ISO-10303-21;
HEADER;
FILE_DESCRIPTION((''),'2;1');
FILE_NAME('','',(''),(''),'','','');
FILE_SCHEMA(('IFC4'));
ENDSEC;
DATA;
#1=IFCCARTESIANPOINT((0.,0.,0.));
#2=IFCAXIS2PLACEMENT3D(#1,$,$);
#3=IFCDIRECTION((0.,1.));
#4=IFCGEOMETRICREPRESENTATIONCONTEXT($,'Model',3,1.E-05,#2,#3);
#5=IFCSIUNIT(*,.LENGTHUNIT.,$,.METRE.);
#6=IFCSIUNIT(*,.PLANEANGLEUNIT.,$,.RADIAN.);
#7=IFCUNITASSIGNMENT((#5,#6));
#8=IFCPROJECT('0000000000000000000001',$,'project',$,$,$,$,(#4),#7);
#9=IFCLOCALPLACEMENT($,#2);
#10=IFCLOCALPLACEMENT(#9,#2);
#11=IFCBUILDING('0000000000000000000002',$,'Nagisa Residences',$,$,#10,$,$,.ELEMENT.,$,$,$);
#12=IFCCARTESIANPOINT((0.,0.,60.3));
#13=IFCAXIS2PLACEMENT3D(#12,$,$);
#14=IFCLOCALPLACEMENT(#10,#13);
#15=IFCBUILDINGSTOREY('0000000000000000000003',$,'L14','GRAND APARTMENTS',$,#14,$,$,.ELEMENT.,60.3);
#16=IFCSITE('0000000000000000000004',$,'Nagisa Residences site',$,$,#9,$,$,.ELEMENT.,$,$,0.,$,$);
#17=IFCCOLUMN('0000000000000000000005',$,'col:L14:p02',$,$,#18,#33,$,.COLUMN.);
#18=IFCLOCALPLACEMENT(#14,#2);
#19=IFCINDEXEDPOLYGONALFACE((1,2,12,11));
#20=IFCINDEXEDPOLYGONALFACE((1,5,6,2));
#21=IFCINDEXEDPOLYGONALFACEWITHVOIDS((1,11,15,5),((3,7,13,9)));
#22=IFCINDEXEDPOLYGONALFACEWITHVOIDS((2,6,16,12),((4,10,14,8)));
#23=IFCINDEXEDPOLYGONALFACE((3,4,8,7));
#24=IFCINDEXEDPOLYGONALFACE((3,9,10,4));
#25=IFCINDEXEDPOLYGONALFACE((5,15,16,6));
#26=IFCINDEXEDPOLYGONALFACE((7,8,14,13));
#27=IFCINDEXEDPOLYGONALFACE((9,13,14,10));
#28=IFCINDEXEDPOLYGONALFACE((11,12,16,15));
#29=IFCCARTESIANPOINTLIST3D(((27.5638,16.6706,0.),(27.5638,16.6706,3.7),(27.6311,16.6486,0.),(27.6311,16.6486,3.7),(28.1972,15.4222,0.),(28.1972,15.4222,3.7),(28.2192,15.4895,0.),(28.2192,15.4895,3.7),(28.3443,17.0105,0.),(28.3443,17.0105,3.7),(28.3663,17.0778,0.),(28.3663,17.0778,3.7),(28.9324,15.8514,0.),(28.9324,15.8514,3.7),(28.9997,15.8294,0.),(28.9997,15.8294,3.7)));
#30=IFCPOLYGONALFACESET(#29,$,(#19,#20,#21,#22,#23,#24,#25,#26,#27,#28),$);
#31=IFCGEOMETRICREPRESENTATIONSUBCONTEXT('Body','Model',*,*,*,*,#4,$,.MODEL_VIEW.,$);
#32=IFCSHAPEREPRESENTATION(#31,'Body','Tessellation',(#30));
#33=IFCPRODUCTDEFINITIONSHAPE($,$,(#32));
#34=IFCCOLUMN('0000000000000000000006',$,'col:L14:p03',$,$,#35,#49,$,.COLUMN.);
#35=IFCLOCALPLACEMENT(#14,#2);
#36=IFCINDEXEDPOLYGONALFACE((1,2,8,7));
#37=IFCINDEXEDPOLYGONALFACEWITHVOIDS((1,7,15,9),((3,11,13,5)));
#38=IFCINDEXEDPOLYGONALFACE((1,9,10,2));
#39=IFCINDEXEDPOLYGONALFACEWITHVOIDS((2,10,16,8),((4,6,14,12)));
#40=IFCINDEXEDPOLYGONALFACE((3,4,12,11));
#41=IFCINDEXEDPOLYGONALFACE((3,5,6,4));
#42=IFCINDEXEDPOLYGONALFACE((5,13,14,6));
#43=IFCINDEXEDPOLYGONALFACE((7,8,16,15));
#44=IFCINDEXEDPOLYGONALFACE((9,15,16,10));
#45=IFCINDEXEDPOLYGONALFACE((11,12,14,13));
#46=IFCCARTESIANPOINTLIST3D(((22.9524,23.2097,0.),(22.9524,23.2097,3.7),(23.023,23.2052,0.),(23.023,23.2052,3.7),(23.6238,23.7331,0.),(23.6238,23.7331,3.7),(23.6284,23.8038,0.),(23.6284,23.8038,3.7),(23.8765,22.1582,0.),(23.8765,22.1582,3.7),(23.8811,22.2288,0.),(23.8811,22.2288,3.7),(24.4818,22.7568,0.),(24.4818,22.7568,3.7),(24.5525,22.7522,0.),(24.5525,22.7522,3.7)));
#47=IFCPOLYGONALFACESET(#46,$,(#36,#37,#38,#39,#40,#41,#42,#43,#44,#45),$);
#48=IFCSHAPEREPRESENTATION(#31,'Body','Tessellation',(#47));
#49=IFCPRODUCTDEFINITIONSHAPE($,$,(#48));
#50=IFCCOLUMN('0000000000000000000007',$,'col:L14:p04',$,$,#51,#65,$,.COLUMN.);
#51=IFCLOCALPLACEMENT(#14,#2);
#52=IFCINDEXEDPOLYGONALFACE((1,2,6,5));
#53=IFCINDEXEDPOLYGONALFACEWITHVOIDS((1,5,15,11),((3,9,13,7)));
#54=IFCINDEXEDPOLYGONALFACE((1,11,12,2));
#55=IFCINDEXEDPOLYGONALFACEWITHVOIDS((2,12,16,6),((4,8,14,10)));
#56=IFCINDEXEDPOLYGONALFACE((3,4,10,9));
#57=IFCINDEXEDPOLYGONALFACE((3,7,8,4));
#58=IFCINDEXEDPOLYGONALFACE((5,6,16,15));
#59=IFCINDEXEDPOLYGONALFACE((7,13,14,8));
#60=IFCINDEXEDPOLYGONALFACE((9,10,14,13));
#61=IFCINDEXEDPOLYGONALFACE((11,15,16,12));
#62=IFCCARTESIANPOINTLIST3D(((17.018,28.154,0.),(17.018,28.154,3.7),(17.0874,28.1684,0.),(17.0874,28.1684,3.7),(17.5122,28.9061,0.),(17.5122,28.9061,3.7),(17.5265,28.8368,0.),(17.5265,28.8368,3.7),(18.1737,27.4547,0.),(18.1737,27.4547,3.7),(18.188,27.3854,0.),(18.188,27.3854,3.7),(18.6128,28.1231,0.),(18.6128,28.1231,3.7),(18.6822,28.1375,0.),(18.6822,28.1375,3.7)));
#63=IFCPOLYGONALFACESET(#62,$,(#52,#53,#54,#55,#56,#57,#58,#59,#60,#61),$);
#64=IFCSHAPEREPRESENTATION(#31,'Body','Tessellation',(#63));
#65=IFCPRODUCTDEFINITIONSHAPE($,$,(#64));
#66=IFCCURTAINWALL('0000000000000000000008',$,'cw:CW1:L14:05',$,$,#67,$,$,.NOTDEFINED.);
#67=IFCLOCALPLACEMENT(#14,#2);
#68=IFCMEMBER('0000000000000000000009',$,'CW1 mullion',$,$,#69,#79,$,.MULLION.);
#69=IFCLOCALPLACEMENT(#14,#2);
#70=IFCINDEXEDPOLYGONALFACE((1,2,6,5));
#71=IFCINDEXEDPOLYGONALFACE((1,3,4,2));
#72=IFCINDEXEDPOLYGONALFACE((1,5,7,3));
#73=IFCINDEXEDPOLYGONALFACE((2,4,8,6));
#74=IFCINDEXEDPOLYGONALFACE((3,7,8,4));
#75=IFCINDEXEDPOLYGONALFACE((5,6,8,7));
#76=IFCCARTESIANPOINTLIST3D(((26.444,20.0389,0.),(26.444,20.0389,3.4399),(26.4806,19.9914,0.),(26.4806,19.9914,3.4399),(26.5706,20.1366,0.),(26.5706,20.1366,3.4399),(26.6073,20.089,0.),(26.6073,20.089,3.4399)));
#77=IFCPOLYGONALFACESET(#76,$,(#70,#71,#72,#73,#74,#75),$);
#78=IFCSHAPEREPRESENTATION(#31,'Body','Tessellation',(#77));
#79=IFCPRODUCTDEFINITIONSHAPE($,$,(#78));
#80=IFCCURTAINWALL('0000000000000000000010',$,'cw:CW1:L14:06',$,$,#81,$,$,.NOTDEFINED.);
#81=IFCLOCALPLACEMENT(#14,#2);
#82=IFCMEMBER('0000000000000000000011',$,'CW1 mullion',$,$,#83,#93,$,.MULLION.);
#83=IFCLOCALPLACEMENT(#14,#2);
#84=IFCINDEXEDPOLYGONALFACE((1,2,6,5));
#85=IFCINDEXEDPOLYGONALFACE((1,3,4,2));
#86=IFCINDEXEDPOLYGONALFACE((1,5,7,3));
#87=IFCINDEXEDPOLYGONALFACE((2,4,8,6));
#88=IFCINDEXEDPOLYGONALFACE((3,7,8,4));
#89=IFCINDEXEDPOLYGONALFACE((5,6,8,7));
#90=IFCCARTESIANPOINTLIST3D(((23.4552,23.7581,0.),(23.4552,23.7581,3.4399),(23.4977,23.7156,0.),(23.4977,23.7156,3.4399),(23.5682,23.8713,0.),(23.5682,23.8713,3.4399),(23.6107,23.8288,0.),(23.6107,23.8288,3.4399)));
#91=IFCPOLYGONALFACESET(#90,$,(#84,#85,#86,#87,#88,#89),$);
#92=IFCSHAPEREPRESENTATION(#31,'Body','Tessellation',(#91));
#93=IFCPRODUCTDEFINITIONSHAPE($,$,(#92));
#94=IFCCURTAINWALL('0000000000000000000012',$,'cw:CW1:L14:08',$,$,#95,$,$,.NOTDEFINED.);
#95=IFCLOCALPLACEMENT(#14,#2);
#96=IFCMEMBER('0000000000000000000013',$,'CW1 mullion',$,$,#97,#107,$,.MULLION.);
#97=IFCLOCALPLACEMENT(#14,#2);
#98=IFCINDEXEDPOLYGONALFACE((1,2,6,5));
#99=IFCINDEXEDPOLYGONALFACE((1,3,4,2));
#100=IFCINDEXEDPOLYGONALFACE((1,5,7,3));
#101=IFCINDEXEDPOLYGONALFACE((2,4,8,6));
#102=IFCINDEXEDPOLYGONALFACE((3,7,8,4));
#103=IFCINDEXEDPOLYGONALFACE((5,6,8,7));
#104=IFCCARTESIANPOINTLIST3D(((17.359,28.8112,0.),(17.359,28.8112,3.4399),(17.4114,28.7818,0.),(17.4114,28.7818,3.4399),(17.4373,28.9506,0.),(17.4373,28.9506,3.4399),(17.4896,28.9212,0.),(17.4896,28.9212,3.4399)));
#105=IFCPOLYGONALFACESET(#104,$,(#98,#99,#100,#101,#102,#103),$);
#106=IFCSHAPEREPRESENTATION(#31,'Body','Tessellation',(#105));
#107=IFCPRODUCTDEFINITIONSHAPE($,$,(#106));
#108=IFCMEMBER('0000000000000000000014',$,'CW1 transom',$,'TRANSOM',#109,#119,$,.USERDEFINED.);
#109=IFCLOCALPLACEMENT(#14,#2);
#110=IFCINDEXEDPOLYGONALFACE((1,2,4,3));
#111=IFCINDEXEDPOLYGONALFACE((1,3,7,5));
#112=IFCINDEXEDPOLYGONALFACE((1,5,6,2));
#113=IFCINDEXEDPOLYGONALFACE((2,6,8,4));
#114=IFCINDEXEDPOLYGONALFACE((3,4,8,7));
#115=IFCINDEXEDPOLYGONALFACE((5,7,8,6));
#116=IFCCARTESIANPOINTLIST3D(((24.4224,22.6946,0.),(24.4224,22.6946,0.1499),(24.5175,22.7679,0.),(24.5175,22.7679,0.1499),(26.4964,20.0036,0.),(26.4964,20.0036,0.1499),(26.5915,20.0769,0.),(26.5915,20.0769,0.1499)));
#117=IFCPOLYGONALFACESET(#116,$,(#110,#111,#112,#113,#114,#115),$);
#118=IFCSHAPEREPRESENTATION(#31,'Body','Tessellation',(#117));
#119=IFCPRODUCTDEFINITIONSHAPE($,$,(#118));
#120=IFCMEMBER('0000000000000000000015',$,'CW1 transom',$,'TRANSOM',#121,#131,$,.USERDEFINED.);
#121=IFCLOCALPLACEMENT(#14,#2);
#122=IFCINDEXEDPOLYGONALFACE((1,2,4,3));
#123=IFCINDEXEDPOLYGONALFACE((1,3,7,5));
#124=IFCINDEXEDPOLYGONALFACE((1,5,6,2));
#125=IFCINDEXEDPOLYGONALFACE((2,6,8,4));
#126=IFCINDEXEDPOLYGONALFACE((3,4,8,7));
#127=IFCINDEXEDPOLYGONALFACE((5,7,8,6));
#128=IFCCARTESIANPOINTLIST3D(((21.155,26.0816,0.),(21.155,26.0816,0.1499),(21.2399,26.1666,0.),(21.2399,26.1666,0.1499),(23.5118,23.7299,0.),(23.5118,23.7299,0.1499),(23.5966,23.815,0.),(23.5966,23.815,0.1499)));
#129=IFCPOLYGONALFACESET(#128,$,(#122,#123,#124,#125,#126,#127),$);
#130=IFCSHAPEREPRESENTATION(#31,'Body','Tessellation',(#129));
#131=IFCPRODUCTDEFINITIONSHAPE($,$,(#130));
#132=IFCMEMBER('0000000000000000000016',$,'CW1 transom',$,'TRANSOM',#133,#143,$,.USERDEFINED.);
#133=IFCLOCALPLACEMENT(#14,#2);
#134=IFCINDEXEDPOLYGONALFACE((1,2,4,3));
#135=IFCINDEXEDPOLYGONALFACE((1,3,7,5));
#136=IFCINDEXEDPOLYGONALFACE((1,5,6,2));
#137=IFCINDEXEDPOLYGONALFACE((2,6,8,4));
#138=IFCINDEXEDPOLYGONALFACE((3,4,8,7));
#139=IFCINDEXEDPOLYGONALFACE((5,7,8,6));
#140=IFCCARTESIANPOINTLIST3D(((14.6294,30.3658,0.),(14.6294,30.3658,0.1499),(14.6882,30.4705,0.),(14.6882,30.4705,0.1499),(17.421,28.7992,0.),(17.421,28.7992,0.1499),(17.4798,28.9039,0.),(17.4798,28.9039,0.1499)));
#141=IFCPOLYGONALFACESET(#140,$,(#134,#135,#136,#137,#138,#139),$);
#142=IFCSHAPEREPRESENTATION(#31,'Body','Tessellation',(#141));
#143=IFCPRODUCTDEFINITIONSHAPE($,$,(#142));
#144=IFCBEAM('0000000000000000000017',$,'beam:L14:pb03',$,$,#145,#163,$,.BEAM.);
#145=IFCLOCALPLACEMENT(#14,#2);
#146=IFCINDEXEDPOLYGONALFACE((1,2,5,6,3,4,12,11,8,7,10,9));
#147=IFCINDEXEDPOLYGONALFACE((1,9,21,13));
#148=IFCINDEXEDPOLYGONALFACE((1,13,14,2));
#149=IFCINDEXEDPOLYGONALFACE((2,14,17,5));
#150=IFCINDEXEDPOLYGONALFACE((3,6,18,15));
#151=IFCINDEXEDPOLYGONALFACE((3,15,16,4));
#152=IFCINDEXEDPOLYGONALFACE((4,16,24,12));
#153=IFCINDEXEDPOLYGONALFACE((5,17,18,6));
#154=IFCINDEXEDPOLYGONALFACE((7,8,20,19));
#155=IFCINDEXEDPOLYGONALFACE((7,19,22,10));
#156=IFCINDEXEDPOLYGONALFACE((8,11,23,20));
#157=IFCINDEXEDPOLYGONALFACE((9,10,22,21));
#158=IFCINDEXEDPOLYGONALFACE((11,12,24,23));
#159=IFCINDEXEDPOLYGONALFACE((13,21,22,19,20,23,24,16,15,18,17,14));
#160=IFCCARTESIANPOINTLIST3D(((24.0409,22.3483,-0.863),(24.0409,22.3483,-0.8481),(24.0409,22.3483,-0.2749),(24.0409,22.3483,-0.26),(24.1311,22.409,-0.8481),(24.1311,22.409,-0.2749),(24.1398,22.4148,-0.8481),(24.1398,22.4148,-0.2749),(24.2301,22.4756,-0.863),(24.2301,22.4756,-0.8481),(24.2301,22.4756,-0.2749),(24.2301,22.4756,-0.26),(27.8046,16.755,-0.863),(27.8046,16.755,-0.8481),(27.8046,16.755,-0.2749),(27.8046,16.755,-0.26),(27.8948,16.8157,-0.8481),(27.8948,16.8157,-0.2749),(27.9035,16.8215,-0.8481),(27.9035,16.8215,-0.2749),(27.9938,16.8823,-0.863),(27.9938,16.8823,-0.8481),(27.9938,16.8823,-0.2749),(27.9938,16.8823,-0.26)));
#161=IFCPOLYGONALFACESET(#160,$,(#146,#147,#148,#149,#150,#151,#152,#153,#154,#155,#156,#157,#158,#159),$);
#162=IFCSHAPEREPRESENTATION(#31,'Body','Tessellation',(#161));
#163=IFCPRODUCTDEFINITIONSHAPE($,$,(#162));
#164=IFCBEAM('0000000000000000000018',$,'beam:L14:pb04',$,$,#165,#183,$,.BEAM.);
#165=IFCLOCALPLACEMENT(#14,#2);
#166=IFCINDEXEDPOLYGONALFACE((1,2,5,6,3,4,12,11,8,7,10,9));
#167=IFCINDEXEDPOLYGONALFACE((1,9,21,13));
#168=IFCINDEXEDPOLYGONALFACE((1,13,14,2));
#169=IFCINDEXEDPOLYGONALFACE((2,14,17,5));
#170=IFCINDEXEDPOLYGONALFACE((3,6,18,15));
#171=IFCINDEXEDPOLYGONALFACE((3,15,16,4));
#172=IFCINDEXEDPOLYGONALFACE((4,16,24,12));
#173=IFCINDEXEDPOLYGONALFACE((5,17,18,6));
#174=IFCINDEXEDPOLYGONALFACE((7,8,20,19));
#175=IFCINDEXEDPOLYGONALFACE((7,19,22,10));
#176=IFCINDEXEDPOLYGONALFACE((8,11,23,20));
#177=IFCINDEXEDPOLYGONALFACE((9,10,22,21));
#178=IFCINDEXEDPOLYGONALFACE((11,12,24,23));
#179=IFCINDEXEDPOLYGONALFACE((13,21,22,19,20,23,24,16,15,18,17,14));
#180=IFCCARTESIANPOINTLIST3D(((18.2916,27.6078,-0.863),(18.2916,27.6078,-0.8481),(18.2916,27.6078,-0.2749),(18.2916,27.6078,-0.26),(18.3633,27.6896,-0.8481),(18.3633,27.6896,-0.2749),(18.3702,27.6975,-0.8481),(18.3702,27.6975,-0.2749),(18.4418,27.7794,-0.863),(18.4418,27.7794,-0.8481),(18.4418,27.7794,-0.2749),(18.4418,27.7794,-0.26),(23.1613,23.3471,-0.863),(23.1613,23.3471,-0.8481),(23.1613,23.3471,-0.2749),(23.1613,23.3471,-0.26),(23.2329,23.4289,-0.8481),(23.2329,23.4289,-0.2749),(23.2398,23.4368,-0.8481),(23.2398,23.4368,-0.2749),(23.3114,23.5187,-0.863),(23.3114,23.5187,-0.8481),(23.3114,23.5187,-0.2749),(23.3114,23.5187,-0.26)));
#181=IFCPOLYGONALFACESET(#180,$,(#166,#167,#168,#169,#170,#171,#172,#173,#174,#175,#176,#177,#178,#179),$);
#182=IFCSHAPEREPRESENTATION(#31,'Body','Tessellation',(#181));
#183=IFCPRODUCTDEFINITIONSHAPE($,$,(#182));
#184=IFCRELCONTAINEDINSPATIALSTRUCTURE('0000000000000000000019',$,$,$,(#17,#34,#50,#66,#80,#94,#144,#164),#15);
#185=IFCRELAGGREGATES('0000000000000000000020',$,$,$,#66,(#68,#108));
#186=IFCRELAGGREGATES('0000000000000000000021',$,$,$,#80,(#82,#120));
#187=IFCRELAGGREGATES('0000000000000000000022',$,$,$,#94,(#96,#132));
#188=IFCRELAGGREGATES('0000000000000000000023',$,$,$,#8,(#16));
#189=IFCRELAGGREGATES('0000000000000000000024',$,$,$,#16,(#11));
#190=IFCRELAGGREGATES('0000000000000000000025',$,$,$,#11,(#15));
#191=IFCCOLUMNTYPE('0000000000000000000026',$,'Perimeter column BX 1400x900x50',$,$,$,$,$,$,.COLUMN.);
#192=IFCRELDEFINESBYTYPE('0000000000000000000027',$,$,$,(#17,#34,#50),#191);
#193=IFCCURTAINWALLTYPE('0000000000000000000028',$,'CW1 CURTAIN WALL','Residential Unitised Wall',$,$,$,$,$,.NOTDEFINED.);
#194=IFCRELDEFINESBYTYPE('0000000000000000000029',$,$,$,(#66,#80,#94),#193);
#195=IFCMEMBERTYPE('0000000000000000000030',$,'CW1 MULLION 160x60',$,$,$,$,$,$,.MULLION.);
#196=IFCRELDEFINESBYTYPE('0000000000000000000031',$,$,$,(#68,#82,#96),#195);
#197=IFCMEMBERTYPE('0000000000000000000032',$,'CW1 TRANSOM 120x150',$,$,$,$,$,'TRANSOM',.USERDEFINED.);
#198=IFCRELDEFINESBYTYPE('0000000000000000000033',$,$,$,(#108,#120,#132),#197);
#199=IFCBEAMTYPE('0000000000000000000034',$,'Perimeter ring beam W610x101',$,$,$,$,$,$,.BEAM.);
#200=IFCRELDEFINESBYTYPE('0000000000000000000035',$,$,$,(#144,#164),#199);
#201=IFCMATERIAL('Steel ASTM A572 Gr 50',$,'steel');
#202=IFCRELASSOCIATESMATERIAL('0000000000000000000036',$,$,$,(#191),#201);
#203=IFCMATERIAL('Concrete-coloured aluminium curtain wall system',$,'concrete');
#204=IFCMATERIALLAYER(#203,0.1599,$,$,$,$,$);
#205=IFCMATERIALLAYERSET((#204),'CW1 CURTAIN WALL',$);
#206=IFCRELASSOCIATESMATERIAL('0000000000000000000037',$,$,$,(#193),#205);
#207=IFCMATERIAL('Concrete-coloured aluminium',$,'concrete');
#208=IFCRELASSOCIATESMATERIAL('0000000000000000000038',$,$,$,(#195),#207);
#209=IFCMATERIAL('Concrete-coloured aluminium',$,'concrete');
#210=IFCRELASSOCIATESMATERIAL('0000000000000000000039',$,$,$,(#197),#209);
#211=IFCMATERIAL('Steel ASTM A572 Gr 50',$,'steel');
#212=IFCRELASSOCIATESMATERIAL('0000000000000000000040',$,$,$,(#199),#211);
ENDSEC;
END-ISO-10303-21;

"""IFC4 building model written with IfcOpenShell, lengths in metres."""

from ifc_helpers import new_model, si_unit, direction, frame, origin, origin_2d, place, context, subcontext, project, spatial, rectangle, hollow_rectangle, i_section, extrude, material, layer, layer_set, material_profile, profile_set, type_object, element, aggregate, save


model = new_model("IFC4")

# Units and contexts
model_context = context("Model", 3, precision=1e-05, world=origin(), true_north=direction((0.0, 1.0)))
body_context = subcontext(model_context, "Body", "Model", "MODEL_VIEW")
ifc_project = project(units=[si_unit("LENGTHUNIT", "METRE"), si_unit("PLANEANGLEUNIT", "RADIAN")], contexts=[model_context])

# Site, building, storey
site_placement = place(None, origin())
site = spatial("IfcSite", under=ifc_project, at=site_placement, Name="Nagisa Residences site", CompositionType="ELEMENT", RefElevation=0.0)
building_placement = place(site_placement, origin())
building = spatial("IfcBuilding", under=site, at=building_placement, Name="Nagisa Residences", CompositionType="ELEMENT")
storey_placement = place(building_placement, frame((0.0, 0.0, 60.3)))
storey = spatial("IfcBuildingStorey", under=building, at=storey_placement, Name="L14", Description="GRAND APARTMENTS", CompositionType="ELEMENT", Elevation=60.3)

# Columns
ifc_material_1 = material(Name="Steel ASTM A572 Gr 50", Category="steel")
ifc_material_profile_1 = material_profile(ifc_material_1, hollow_rectangle(XDim=1.3999, YDim=0.8999, WallThickness=0.05, at=origin_2d()), Name="BX 1400x900x50")
ifc_profile_set_1 = profile_set([ifc_material_profile_1], Name="Steel ASTM A572 Gr 50")
column_type = type_object("IfcColumnType", Name="Perimeter column BX 1400x900x50", PredefinedType="COLUMN", material=ifc_profile_set_1)
for number, where, z_axis, x_axis, name in (
    (1, (28.2817, 16.25, 0.0), (0.0, 0.0, 1.0), (-0.452463, 0.891783, 0.0), "col:L14:p02"),
    (2, (23.7524, 22.981, 0.0), (0.0, 0.0, 1.0), (-0.660115, 0.751165, 0.0), "col:L14:p03"),
    (3, (17.8501, 28.1458, 0.0), (0.0, 0.0, 1.0), (-0.835766, 0.549086, 0.0), "col:L14:p04"),
):
    element("IfcColumn", number, at=place(storey_placement, frame(where, z_axis=z_axis, x_axis=x_axis)), inside=storey, type_object=column_type, Name=name, PredefinedType="COLUMN", context=body_context, shape_type="SweptSolid", body=[
        extrude(hollow_rectangle(XDim=1.3999, YDim=0.8999, WallThickness=0.05, at=origin_2d()), origin(), (0.0, 0.0, 1.0), 3.7),
    ])

# Curtain walls, members
ifc_material_2 = material(Name="Concrete-coloured aluminium curtain wall system", Category="concrete")
ifc_layer_1 = layer(ifc_material_2, 0.1599)
ifc_layer_set_1 = layer_set([ifc_layer_1], Name="CW1 CURTAIN WALL")
curtain_wall_type = type_object("IfcCurtainWallType", Name="CW1 CURTAIN WALL", Description="Residential Unitised Wall", PredefinedType="NOTDEFINED", material=ifc_layer_set_1)
curtain_wall_1_placement = place(storey_placement, origin())
curtain_wall_1 = element("IfcCurtainWall", 4, at=curtain_wall_1_placement, inside=storey, type_object=curtain_wall_type, Name="cw:CW1:L14:05", PredefinedType="NOTDEFINED")
ifc_material_3 = material(Name="Concrete-coloured aluminium", Category="concrete")
ifc_material_profile_2 = material_profile(ifc_material_3, rectangle(XDim=0.1599, YDim=0.0601, at=origin_2d()), Name="CW1 MULLION 160x60")
ifc_profile_set_2 = profile_set([ifc_material_profile_2], Name="Concrete-coloured aluminium")
member_type_1 = type_object("IfcMemberType", Name="CW1 MULLION 160x60", PredefinedType="MULLION", material=ifc_profile_set_2)
member_1_placement = place(storey_placement, frame((26.5256, 20.064, 0.0), z_axis=(0.0, 0.0, 1.0), x_axis=(-0.79207, -0.61043, 0.0)))
member_1 = element("IfcMember", 5, at=member_1_placement, type_object=member_type_1, Name="CW1 mullion", PredefinedType="MULLION", context=body_context, shape_type="SweptSolid", body=[
    extrude(rectangle(XDim=0.1599, YDim=0.0601, at=origin_2d()), origin(), (0.0, 0.0, 1.0), 3.4399),
])
curtain_wall_2_placement = place(storey_placement, origin())
curtain_wall_2 = element("IfcCurtainWall", 6, at=curtain_wall_2_placement, inside=storey, type_object=curtain_wall_type, Name="cw:CW1:L14:06", PredefinedType="NOTDEFINED")
member_2_placement = place(storey_placement, frame((23.533, 23.7935, 0.0), z_axis=(0.0, 0.0, 1.0), x_axis=(-0.706377, -0.707836, 0.0)))
member_2 = element("IfcMember", 7, at=member_2_placement, type_object=member_type_1, Name="CW1 mullion", PredefinedType="MULLION", context=body_context, shape_type="SweptSolid", body=[
    extrude(rectangle(XDim=0.1599, YDim=0.0601, at=origin_2d()), origin(), (0.0, 0.0, 1.0), 3.4399),
])
curtain_wall_3_placement = place(storey_placement, origin())
curtain_wall_3 = element("IfcCurtainWall", 8, at=curtain_wall_3_placement, inside=storey, type_object=curtain_wall_type, Name="cw:CW1:L14:08", PredefinedType="NOTDEFINED")
member_3_placement = place(storey_placement, frame((17.4243, 28.8662, 0.0), z_axis=(0.0, 0.0, 1.0), x_axis=(-0.489377, -0.872072, 0.0)))
member_3 = element("IfcMember", 9, at=member_3_placement, type_object=member_type_1, Name="CW1 mullion", PredefinedType="MULLION", context=body_context, shape_type="SweptSolid", body=[
    extrude(rectangle(XDim=0.1599, YDim=0.0601, at=origin_2d()), origin(), (0.0, 0.0, 1.0), 3.4399),
])

# Members
ifc_material_4 = material(Name="Concrete-coloured aluminium", Category="concrete")
ifc_material_profile_3 = material_profile(ifc_material_4, rectangle(XDim=0.1201, YDim=0.1499, at=origin_2d()), Name="CW1 TRANSOM 120x150")
ifc_profile_set_3 = profile_set([ifc_material_profile_3], Name="Concrete-coloured aluminium")
member_type_2 = type_object("IfcMemberType", Name="CW1 TRANSOM 120x150", ElementType="TRANSOM", PredefinedType="USERDEFINED", material=ifc_profile_set_3)
member_4_placement = place(storey_placement, frame((26.5439, 20.0403, 0.075), z_axis=(-0.610457, 0.792049, 0.0), x_axis=(-0.792049, -0.610457, 0.0)))
member_4 = element("IfcMember", 10, at=member_4_placement, type_object=member_type_2, Name="CW1 transom", ObjectType="TRANSOM", PredefinedType="USERDEFINED", context=body_context, shape_type="SweptSolid", body=[
    extrude(rectangle(XDim=0.1201, YDim=0.1499, at=origin_2d()), origin(), (0.0, 0.0, 1.0), 3.3975),
])
member_5_placement = place(storey_placement, frame((23.5542, 23.7725, 0.075), z_axis=(-0.707876, 0.706336, 0.0), x_axis=(-0.706336, -0.707876, 0.0)))
member_5 = element("IfcMember", 11, at=member_5_placement, type_object=member_type_2, Name="CW1 transom", ObjectType="TRANSOM", PredefinedType="USERDEFINED", context=body_context, shape_type="SweptSolid", body=[
    extrude(rectangle(XDim=0.1201, YDim=0.1499, at=origin_2d()), origin(), (0.0, 0.0, 1.0), 3.3293),
])
member_6_placement = place(storey_placement, frame((17.4504, 28.8516, 0.075), z_axis=(-0.87207, 0.489381, 0.0), x_axis=(-0.489381, -0.87207, 0.0)))
member_6 = element("IfcMember", 12, at=member_6_placement, type_object=member_type_2, Name="CW1 transom", ObjectType="TRANSOM", PredefinedType="USERDEFINED", context=body_context, shape_type="SweptSolid", body=[
    extrude(rectangle(XDim=0.1201, YDim=0.1499, at=origin_2d()), origin(), (0.0, 0.0, 1.0), 3.2012),
])

# Beams
ifc_material_5 = material(Name="Steel ASTM A572 Gr 50", Category="steel")
ifc_material_profile_4 = material_profile(ifc_material_5, i_section(OverallWidth=0.228, OverallDepth=0.603, WebThickness=0.0105, FlangeThickness=0.0149, at=origin_2d()), Name="W610x101")
ifc_profile_set_4 = profile_set([ifc_material_profile_4], Name="Steel ASTM A572 Gr 50")
beam_type_1 = type_object("IfcBeamType", Name="Perimeter ring beam W610x101", PredefinedType="BEAM", material=ifc_profile_set_4)
beam_1_placement = place(storey_placement, frame((27.8992, 16.8186, -0.5615), z_axis=(-0.558272, 0.829658, 0.0), x_axis=(-0.829658, -0.558272, 0.0)))
element("IfcBeam", 13, at=beam_1_placement, inside=storey, type_object=beam_type_1, Name="beam:L14:pb03", PredefinedType="BEAM", context=body_context, shape_type="SweptSolid", body=[
    extrude(i_section(OverallWidth=0.228, OverallDepth=0.603, WebThickness=0.0105, FlangeThickness=0.0149, at=origin_2d()), origin(), (0.0, 0.0, 1.0), 6.7417),
])
beam_2_placement = place(storey_placement, frame((23.2363, 23.4329, -0.5615), z_axis=(-0.752591, 0.658489, 0.0), x_axis=(-0.658489, -0.752591, 0.0)))
element("IfcBeam", 14, at=beam_2_placement, inside=storey, type_object=beam_type_1, Name="beam:L14:pb04", PredefinedType="BEAM", context=body_context, shape_type="SweptSolid", body=[
    extrude(i_section(OverallWidth=0.228, OverallDepth=0.603, WebThickness=0.0105, FlangeThickness=0.0149, at=origin_2d()), origin(), (0.0, 0.0, 1.0), 6.4705),
])

aggregate(curtain_wall_1, [member_1, member_4])
aggregate(curtain_wall_2, [member_2, member_5])
aggregate(curtain_wall_3, [member_3, member_6])

save(model, "model.ifc")
